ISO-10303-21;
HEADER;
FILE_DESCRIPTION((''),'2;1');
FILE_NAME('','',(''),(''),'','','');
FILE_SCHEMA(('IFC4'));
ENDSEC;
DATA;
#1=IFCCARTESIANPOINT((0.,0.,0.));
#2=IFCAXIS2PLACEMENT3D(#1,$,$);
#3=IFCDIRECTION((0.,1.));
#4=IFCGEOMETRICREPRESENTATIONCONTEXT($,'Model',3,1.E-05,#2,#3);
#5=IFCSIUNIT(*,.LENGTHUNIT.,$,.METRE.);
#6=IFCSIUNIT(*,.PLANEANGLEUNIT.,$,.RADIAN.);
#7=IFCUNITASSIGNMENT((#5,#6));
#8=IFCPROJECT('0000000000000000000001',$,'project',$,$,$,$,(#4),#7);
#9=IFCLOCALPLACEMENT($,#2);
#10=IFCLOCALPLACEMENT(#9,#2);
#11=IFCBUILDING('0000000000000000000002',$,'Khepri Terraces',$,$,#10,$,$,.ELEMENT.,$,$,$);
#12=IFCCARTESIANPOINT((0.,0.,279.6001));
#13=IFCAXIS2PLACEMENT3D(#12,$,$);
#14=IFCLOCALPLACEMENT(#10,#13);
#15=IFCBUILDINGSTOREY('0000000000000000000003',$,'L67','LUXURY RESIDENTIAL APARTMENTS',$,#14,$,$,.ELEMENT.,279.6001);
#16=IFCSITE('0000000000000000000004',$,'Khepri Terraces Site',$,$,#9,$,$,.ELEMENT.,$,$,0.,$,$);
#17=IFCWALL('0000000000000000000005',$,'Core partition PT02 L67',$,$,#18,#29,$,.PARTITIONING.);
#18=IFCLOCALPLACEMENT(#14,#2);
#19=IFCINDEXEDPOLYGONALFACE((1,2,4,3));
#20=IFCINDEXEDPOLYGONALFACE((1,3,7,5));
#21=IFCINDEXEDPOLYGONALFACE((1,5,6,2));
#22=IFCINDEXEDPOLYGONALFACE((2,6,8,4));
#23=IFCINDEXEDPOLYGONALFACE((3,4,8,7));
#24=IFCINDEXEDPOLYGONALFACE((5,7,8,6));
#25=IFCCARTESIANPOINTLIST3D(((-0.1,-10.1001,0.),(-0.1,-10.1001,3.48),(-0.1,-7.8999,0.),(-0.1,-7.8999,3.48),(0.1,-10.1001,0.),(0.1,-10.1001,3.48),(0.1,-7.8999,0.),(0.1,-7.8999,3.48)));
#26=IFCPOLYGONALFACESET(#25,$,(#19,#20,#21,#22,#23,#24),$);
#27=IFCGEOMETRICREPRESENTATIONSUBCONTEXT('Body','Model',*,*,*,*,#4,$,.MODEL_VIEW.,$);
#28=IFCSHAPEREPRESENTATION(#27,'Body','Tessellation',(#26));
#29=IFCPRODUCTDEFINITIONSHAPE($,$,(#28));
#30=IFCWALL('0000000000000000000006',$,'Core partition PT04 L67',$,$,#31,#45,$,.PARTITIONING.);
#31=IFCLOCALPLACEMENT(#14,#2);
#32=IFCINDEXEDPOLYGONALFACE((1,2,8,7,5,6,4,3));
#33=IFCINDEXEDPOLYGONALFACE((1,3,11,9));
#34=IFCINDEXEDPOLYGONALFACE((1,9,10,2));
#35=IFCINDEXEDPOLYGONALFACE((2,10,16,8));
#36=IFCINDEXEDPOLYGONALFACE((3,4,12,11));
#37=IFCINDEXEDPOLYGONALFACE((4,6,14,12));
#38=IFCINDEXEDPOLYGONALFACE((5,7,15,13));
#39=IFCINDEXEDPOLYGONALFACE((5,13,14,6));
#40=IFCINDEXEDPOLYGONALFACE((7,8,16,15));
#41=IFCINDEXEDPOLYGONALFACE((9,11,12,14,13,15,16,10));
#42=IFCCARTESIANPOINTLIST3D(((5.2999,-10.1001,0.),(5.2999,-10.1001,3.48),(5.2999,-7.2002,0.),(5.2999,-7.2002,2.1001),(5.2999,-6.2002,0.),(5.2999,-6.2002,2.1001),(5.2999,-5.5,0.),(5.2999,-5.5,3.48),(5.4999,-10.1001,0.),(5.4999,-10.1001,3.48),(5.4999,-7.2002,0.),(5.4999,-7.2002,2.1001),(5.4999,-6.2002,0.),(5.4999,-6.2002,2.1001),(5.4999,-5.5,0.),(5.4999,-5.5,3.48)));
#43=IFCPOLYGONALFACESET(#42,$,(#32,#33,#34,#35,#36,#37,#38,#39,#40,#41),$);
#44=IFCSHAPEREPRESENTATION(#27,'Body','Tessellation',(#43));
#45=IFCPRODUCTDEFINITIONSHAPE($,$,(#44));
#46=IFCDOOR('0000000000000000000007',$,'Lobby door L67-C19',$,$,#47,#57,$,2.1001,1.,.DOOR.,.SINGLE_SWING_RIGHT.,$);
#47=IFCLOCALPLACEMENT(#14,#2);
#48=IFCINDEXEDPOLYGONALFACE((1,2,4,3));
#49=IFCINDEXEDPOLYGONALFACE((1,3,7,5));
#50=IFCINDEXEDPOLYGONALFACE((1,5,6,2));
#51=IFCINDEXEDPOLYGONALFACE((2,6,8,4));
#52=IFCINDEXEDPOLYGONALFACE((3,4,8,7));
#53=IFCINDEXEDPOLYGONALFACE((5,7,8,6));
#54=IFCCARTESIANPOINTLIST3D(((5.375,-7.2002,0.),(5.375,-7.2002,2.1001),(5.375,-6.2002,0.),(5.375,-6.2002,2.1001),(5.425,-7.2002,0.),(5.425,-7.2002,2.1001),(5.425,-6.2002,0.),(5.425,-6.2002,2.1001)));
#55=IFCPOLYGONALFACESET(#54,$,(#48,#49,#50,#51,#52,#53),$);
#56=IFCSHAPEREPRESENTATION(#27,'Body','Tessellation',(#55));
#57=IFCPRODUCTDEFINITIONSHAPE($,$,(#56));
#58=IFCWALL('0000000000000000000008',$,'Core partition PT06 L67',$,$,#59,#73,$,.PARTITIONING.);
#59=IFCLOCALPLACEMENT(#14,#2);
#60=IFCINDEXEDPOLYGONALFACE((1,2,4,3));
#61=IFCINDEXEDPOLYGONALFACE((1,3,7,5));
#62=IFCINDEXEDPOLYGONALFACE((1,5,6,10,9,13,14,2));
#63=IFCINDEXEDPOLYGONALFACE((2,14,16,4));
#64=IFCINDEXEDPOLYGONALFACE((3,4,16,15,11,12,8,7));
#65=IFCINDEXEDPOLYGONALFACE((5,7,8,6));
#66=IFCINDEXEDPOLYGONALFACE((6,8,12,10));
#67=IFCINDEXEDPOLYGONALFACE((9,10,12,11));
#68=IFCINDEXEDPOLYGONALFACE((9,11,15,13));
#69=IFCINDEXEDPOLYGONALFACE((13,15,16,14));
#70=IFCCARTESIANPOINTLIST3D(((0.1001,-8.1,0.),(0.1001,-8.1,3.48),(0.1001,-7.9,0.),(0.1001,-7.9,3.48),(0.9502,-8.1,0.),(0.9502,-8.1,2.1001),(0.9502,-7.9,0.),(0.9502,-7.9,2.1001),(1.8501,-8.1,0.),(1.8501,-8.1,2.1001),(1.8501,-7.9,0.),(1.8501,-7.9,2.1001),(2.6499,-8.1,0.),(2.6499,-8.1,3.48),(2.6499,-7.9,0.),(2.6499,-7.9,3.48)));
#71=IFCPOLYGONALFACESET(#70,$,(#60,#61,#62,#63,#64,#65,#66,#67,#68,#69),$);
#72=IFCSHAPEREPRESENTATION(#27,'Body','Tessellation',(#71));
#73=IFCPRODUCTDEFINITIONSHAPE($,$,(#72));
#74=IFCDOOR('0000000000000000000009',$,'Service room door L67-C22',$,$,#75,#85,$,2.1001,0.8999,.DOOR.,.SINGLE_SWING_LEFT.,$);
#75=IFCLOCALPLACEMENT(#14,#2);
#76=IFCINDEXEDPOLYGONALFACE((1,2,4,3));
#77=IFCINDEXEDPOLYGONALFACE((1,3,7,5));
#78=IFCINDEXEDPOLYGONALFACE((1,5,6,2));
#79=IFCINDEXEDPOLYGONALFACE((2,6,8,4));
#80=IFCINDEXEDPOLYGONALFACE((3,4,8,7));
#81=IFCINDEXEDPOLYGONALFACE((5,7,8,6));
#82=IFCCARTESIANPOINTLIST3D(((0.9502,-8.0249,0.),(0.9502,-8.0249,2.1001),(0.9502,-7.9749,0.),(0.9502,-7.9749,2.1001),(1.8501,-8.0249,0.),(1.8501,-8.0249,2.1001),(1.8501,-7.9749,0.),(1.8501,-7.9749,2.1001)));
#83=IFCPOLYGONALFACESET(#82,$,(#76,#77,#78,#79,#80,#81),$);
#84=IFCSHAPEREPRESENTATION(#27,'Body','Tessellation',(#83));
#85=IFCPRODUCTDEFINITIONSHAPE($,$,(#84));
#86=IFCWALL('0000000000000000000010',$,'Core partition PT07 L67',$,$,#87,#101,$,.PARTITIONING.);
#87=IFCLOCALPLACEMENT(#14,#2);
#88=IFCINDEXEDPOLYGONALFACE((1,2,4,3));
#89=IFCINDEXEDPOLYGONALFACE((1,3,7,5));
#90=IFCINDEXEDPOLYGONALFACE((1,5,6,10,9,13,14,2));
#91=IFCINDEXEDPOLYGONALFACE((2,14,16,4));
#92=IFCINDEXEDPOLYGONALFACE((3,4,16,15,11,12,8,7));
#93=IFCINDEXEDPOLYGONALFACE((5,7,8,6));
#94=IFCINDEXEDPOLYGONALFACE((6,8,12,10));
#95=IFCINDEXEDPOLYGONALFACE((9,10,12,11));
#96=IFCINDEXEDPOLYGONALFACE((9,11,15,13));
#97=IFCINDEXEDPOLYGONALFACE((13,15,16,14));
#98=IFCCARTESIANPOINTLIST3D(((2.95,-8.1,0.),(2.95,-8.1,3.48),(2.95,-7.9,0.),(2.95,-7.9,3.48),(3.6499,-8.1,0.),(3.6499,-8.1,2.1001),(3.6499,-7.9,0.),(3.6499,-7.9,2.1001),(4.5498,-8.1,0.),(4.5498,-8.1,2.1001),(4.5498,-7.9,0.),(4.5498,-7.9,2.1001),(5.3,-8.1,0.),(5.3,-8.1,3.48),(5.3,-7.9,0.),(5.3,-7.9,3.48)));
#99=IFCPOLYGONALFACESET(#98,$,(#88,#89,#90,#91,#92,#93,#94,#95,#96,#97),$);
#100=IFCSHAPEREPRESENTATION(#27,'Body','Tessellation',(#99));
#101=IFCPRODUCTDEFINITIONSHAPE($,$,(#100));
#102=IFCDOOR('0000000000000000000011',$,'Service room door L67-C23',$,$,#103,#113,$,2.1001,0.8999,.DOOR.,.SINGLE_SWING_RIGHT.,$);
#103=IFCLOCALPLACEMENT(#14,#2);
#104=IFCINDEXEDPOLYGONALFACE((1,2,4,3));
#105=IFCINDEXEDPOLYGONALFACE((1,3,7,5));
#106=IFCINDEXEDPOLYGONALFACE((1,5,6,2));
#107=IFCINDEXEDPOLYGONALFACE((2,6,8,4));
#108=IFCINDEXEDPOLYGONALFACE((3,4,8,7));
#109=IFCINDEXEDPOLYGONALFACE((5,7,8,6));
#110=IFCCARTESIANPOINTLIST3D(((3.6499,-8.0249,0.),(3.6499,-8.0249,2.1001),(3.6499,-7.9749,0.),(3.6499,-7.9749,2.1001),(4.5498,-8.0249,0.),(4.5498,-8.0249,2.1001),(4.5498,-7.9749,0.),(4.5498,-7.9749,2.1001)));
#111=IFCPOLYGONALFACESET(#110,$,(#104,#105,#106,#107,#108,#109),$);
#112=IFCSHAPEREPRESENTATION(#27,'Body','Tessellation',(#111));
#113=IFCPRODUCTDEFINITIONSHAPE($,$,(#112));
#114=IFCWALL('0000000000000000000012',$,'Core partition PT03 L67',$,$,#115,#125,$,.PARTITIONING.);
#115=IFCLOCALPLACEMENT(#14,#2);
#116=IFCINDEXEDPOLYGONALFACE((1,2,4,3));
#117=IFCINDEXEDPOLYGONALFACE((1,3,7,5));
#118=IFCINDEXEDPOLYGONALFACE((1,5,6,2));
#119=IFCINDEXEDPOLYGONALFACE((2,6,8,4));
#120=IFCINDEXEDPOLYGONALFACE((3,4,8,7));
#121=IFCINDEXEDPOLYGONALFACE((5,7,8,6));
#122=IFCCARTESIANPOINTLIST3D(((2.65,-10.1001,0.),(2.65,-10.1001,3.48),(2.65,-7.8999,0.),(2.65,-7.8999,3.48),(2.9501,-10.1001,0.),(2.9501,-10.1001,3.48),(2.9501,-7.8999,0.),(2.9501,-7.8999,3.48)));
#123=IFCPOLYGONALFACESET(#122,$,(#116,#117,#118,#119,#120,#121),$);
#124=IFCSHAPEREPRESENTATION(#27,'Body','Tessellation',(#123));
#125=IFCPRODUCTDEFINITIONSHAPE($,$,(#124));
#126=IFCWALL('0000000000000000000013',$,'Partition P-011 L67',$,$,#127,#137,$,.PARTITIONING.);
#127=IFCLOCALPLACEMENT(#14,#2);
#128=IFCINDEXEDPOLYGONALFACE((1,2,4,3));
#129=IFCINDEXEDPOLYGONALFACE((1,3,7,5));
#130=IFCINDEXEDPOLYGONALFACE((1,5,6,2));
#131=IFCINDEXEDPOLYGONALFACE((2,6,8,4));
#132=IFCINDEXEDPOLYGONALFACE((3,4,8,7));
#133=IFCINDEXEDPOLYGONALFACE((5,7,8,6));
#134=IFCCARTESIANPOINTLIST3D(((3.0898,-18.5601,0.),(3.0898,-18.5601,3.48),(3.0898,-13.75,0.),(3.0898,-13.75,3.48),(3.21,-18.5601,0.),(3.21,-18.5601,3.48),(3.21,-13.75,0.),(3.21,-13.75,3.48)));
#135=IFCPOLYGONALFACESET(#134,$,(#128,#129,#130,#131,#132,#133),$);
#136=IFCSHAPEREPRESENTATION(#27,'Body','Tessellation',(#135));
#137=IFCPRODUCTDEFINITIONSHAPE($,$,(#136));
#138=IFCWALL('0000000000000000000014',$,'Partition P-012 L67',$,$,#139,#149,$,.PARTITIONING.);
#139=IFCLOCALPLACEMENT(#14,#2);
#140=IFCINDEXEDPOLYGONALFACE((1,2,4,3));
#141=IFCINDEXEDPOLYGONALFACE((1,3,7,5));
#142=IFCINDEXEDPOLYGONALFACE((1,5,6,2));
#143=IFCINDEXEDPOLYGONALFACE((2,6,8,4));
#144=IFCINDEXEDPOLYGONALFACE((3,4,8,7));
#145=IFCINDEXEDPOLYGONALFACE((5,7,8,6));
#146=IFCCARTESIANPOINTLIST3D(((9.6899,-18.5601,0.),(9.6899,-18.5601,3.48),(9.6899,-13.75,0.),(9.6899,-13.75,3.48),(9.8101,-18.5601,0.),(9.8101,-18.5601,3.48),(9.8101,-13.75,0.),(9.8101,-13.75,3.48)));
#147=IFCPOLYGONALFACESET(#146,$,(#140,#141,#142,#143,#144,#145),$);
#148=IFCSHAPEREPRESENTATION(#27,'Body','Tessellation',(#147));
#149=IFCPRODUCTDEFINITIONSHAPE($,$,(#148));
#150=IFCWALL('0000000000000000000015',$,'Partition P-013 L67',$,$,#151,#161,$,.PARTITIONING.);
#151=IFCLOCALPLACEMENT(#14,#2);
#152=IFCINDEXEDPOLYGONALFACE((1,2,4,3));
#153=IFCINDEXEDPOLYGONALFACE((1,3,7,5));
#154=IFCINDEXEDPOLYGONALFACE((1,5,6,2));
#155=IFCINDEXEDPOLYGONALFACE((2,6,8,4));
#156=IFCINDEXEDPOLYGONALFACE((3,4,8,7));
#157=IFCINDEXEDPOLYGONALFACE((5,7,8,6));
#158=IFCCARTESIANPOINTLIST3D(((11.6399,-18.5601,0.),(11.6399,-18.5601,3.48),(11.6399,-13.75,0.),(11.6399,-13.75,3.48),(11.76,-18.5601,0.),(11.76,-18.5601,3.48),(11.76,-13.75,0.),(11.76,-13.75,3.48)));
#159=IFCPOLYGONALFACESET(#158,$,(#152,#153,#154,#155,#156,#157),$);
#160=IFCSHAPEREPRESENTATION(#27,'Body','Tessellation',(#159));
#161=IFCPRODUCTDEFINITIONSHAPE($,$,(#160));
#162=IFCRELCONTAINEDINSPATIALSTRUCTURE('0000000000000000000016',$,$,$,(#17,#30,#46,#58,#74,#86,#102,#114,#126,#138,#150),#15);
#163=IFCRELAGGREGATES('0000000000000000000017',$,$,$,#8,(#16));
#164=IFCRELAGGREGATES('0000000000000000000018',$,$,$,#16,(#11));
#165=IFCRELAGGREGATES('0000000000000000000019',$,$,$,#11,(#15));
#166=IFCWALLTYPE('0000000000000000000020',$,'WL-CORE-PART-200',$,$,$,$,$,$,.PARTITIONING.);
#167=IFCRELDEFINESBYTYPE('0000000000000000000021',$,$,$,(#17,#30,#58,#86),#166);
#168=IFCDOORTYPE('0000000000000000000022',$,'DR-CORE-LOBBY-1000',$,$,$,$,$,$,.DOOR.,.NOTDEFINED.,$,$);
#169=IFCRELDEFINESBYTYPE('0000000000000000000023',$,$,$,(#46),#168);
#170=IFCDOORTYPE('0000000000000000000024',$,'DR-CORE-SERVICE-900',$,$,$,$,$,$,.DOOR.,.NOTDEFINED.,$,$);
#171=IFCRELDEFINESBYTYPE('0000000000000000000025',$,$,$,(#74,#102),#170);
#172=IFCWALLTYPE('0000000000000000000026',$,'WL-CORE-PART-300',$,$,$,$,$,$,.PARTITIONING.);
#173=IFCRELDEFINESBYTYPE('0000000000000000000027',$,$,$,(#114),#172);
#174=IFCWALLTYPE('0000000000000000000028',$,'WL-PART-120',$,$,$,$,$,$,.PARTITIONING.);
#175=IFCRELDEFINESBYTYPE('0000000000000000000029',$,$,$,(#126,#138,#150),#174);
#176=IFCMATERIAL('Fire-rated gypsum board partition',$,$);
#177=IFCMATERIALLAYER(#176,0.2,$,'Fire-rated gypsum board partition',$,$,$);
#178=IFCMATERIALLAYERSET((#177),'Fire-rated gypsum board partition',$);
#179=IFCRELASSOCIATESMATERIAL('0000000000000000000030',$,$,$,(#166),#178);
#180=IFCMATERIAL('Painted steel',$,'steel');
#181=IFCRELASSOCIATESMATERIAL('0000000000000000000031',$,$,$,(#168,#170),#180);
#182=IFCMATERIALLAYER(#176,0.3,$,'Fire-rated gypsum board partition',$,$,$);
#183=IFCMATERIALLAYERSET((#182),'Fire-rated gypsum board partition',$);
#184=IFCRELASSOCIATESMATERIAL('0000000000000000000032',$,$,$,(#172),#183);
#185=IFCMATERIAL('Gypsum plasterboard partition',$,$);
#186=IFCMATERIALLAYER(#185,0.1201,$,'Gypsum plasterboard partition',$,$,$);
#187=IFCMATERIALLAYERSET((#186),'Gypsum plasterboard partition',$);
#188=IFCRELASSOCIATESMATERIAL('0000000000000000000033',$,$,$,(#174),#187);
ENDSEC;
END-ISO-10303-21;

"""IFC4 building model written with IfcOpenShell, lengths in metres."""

from ifc_helpers import new_model, si_unit, direction, frame, frame_2d, origin, place, context, subcontext, project, spatial, rectangle, extrude, material, layer, layer_set, type_object, element, fill, save


model = new_model("IFC4")

# Units and contexts
model_context = context("Model", 3, precision=1e-05, world=origin(), true_north=direction((0.0, 1.0)))
body_context = subcontext(model_context, "Body", "Model", "MODEL_VIEW")
ifc_project = project(units=[si_unit("LENGTHUNIT", "METRE"), si_unit("PLANEANGLEUNIT", "RADIAN")], contexts=[model_context])

# Site, building, storey
site_placement = place(None, origin())
site = spatial("IfcSite", under=ifc_project, at=site_placement, Name="Khepri Terraces Site", CompositionType="ELEMENT", RefElevation=0.0)
building_placement = place(site_placement, origin())
building = spatial("IfcBuilding", under=site, at=building_placement, Name="Khepri Terraces", CompositionType="ELEMENT")
storey_placement = place(building_placement, frame((0.0, 0.0, 279.6001)))
storey = spatial("IfcBuildingStorey", under=building, at=storey_placement, Name="L67", Description="LUXURY RESIDENTIAL APARTMENTS", CompositionType="ELEMENT", Elevation=279.6001)

# Shared definitions
ifc_material_1 = material(Name="Painted steel", Category="steel")

# Wall
ifc_material_2 = material(Name="Fire-rated gypsum board partition")
ifc_layer_1 = layer(ifc_material_2, 0.2, Name="Fire-rated gypsum board partition")
ifc_layer_set_1 = layer_set([ifc_layer_1], Name="Fire-rated gypsum board partition")
wall_type_1 = type_object("IfcWallType", Name="WL-CORE-PART-200", PredefinedType="PARTITIONING", material=ifc_layer_set_1)
wall_1_placement = place(storey_placement, frame((0.0, -10.1001, 0.0), z_axis=(0.0, 0.0, 1.0), x_axis=(0.0, 1.0, 0.0)))
element("IfcWall", 1, at=wall_1_placement, inside=storey, type_object=wall_type_1, Name="Core partition PT02 L67", PredefinedType="PARTITIONING", context=body_context, shape_type="SweptSolid", body=[
    extrude(rectangle(XDim=2.2002, YDim=0.2, at=frame_2d((1.1001, 0.0))), origin(), (0.0, 0.0, 1.0), 3.48),
])

# Walls, openings, doors
wall_2_placement = place(storey_placement, frame((5.3999, -10.1001, 0.0), z_axis=(0.0, 0.0, 1.0), x_axis=(0.0, 1.0, 0.0)))
wall_2 = element("IfcWall", 2, at=wall_2_placement, inside=storey, type_object=wall_type_1, Name="Core partition PT04 L67", PredefinedType="PARTITIONING", context=body_context, shape_type="SweptSolid", body=[
    extrude(rectangle(XDim=4.6001, YDim=0.2, at=frame_2d((2.3, 0.0))), origin(), (0.0, 0.0, 1.0), 3.48),
])
opening_1_placement = place(wall_2_placement, frame((2.8999, 0.0, 0.0)))
opening_1 = element("IfcOpeningElement", 3, at=opening_1_placement, cuts=wall_2, PredefinedType="OPENING", context=body_context, shape_type="SweptSolid", body=[
    extrude(rectangle(XDim=1.0, YDim=2.1001, at=frame_2d((0.5, 1.05))), frame((0.0, 0.1099, 0.0), z_axis=(0.0, -1.0, 0.0), x_axis=(1.0, 0.0, 0.0)), (0.0, 0.0, 1.0), 0.22),
])
door_type_1 = type_object("IfcDoorType", Name="DR-CORE-LOBBY-1000", OperationType="NOTDEFINED", PredefinedType="DOOR", material=ifc_material_1)
door_1_placement = place(opening_1_placement, origin())
door_1 = element("IfcDoor", 4, at=door_1_placement, inside=storey, type_object=door_type_1, Name="Lobby door L67-C19", OperationType="SINGLE_SWING_RIGHT", OverallHeight=2.1001, OverallWidth=1.0, PredefinedType="DOOR", context=body_context, shape_type="SweptSolid", body=[
    extrude(rectangle(XDim=1.0, YDim=2.1001, at=frame_2d((0.5, 1.05))), frame((0.0, 0.0249, 0.0), z_axis=(0.0, -1.0, 0.0), x_axis=(1.0, 0.0, 0.0)), (0.0, 0.0, 1.0), 0.05),
])
fill(opening_1, door_1)
wall_3_placement = place(storey_placement, frame((0.1001, -8.0, 0.0), z_axis=(0.0, 0.0, 1.0), x_axis=(1.0, 0.0, 0.0)))
wall_3 = element("IfcWall", 5, at=wall_3_placement, inside=storey, type_object=wall_type_1, Name="Core partition PT06 L67", PredefinedType="PARTITIONING", context=body_context, shape_type="SweptSolid", body=[
    extrude(rectangle(XDim=2.5498, YDim=0.2, at=frame_2d((1.2749, 0.0))), origin(), (0.0, 0.0, 1.0), 3.48),
])
opening_2_placement = place(wall_3_placement, frame((0.8501, 0.0, 0.0)))
opening_2 = element("IfcOpeningElement", 6, at=opening_2_placement, cuts=wall_3, PredefinedType="OPENING", context=body_context, shape_type="SweptSolid", body=[
    extrude(rectangle(XDim=0.8999, YDim=2.1001, at=frame_2d((0.45, 1.05))), frame((0.0, 0.1099, 0.0), z_axis=(0.0, -1.0, 0.0), x_axis=(1.0, 0.0, 0.0)), (0.0, 0.0, 1.0), 0.22),
])
door_type_2 = type_object("IfcDoorType", Name="DR-CORE-SERVICE-900", OperationType="NOTDEFINED", PredefinedType="DOOR", material=ifc_material_1)
door_2_placement = place(opening_2_placement, frame((0.8999, 0.0, 0.0), z_axis=(0.0, 0.0, 1.0), x_axis=(-1.0, 0.0, 0.0)))
door_2 = element("IfcDoor", 7, at=door_2_placement, inside=storey, type_object=door_type_2, Name="Service room door L67-C22", OperationType="SINGLE_SWING_LEFT", OverallHeight=2.1001, OverallWidth=0.8999, PredefinedType="DOOR", context=body_context, shape_type="SweptSolid", body=[
    extrude(rectangle(XDim=0.8999, YDim=2.1001, at=frame_2d((0.45, 1.05))), frame((0.0, 0.0249, 0.0), z_axis=(0.0, -1.0, 0.0), x_axis=(1.0, 0.0, 0.0)), (0.0, 0.0, 1.0), 0.05),
])
fill(opening_2, door_2)
wall_4_placement = place(storey_placement, frame((2.95, -8.0, 0.0), z_axis=(0.0, 0.0, 1.0), x_axis=(1.0, 0.0, 0.0)))
wall_4 = element("IfcWall", 8, at=wall_4_placement, inside=storey, type_object=wall_type_1, Name="Core partition PT07 L67", PredefinedType="PARTITIONING", context=body_context, shape_type="SweptSolid", body=[
    extrude(rectangle(XDim=2.3501, YDim=0.2, at=frame_2d((1.175, 0.0))), origin(), (0.0, 0.0, 1.0), 3.48),
])
opening_3_placement = place(wall_4_placement, frame((0.7, 0.0, 0.0)))
opening_3 = element("IfcOpeningElement", 9, at=opening_3_placement, cuts=wall_4, PredefinedType="OPENING", context=body_context, shape_type="SweptSolid", body=[
    extrude(rectangle(XDim=0.8999, YDim=2.1001, at=frame_2d((0.45, 1.05))), frame((0.0, 0.1099, 0.0), z_axis=(0.0, -1.0, 0.0), x_axis=(1.0, 0.0, 0.0)), (0.0, 0.0, 1.0), 0.22),
])
door_3_placement = place(opening_3_placement, frame((0.8999, 0.0, 0.0), z_axis=(0.0, 0.0, 1.0), x_axis=(-1.0, 0.0, 0.0)))
door_3 = element("IfcDoor", 10, at=door_3_placement, inside=storey, type_object=door_type_2, Name="Service room door L67-C23", OperationType="SINGLE_SWING_RIGHT", OverallHeight=2.1001, OverallWidth=0.8999, PredefinedType="DOOR", context=body_context, shape_type="SweptSolid", body=[
    extrude(rectangle(XDim=0.8999, YDim=2.1001, at=frame_2d((0.45, 1.05))), frame((0.0, 0.0249, 0.0), z_axis=(0.0, -1.0, 0.0), x_axis=(1.0, 0.0, 0.0)), (0.0, 0.0, 1.0), 0.05),
])
fill(opening_3, door_3)

# Wall
ifc_layer_2 = layer(ifc_material_2, 0.3, Name="Fire-rated gypsum board partition")
ifc_layer_set_2 = layer_set([ifc_layer_2], Name="Fire-rated gypsum board partition")
wall_type_2 = type_object("IfcWallType", Name="WL-CORE-PART-300", PredefinedType="PARTITIONING", material=ifc_layer_set_2)
wall_5_placement = place(storey_placement, frame((2.8, -10.1001, 0.0), z_axis=(0.0, 0.0, 1.0), x_axis=(0.0, 1.0, 0.0)))
element("IfcWall", 11, at=wall_5_placement, inside=storey, type_object=wall_type_2, Name="Core partition PT03 L67", PredefinedType="PARTITIONING", context=body_context, shape_type="SweptSolid", body=[
    extrude(rectangle(XDim=2.2002, YDim=0.3, at=frame_2d((1.1001, 0.0))), origin(), (0.0, 0.0, 1.0), 3.48),
])

# Walls
ifc_material_3 = material(Name="Gypsum plasterboard partition")
ifc_layer_3 = layer(ifc_material_3, 0.1201, Name="Gypsum plasterboard partition")
ifc_layer_set_3 = layer_set([ifc_layer_3], Name="Gypsum plasterboard partition")
wall_type_3 = type_object("IfcWallType", Name="WL-PART-120", PredefinedType="PARTITIONING", material=ifc_layer_set_3)
for number, where, z_axis, x_axis, name in (
    (12, (3.1499, -18.5601, 0.0), (0.0, 0.0, 1.0), (0.0, 1.0, 0.0), "Partition P-011 L67"),
    (13, (9.75, -18.5601, 0.0), (0.0, 0.0, 1.0), (0.0, 1.0, 0.0), "Partition P-012 L67"),
    (14, (11.7, -18.5601, 0.0), (0.0, 0.0, 1.0), (0.0, 1.0, 0.0), "Partition P-013 L67"),
):
    element("IfcWall", number, at=place(storey_placement, frame(where, z_axis=z_axis, x_axis=x_axis)), inside=storey, type_object=wall_type_3, Name=name, PredefinedType="PARTITIONING", context=body_context, shape_type="SweptSolid", body=[
        extrude(rectangle(XDim=4.8101, YDim=0.1201, at=frame_2d((2.405, 0.0))), origin(), (0.0, 0.0, 1.0), 3.48),
    ])

save(model, "model.ifc")
